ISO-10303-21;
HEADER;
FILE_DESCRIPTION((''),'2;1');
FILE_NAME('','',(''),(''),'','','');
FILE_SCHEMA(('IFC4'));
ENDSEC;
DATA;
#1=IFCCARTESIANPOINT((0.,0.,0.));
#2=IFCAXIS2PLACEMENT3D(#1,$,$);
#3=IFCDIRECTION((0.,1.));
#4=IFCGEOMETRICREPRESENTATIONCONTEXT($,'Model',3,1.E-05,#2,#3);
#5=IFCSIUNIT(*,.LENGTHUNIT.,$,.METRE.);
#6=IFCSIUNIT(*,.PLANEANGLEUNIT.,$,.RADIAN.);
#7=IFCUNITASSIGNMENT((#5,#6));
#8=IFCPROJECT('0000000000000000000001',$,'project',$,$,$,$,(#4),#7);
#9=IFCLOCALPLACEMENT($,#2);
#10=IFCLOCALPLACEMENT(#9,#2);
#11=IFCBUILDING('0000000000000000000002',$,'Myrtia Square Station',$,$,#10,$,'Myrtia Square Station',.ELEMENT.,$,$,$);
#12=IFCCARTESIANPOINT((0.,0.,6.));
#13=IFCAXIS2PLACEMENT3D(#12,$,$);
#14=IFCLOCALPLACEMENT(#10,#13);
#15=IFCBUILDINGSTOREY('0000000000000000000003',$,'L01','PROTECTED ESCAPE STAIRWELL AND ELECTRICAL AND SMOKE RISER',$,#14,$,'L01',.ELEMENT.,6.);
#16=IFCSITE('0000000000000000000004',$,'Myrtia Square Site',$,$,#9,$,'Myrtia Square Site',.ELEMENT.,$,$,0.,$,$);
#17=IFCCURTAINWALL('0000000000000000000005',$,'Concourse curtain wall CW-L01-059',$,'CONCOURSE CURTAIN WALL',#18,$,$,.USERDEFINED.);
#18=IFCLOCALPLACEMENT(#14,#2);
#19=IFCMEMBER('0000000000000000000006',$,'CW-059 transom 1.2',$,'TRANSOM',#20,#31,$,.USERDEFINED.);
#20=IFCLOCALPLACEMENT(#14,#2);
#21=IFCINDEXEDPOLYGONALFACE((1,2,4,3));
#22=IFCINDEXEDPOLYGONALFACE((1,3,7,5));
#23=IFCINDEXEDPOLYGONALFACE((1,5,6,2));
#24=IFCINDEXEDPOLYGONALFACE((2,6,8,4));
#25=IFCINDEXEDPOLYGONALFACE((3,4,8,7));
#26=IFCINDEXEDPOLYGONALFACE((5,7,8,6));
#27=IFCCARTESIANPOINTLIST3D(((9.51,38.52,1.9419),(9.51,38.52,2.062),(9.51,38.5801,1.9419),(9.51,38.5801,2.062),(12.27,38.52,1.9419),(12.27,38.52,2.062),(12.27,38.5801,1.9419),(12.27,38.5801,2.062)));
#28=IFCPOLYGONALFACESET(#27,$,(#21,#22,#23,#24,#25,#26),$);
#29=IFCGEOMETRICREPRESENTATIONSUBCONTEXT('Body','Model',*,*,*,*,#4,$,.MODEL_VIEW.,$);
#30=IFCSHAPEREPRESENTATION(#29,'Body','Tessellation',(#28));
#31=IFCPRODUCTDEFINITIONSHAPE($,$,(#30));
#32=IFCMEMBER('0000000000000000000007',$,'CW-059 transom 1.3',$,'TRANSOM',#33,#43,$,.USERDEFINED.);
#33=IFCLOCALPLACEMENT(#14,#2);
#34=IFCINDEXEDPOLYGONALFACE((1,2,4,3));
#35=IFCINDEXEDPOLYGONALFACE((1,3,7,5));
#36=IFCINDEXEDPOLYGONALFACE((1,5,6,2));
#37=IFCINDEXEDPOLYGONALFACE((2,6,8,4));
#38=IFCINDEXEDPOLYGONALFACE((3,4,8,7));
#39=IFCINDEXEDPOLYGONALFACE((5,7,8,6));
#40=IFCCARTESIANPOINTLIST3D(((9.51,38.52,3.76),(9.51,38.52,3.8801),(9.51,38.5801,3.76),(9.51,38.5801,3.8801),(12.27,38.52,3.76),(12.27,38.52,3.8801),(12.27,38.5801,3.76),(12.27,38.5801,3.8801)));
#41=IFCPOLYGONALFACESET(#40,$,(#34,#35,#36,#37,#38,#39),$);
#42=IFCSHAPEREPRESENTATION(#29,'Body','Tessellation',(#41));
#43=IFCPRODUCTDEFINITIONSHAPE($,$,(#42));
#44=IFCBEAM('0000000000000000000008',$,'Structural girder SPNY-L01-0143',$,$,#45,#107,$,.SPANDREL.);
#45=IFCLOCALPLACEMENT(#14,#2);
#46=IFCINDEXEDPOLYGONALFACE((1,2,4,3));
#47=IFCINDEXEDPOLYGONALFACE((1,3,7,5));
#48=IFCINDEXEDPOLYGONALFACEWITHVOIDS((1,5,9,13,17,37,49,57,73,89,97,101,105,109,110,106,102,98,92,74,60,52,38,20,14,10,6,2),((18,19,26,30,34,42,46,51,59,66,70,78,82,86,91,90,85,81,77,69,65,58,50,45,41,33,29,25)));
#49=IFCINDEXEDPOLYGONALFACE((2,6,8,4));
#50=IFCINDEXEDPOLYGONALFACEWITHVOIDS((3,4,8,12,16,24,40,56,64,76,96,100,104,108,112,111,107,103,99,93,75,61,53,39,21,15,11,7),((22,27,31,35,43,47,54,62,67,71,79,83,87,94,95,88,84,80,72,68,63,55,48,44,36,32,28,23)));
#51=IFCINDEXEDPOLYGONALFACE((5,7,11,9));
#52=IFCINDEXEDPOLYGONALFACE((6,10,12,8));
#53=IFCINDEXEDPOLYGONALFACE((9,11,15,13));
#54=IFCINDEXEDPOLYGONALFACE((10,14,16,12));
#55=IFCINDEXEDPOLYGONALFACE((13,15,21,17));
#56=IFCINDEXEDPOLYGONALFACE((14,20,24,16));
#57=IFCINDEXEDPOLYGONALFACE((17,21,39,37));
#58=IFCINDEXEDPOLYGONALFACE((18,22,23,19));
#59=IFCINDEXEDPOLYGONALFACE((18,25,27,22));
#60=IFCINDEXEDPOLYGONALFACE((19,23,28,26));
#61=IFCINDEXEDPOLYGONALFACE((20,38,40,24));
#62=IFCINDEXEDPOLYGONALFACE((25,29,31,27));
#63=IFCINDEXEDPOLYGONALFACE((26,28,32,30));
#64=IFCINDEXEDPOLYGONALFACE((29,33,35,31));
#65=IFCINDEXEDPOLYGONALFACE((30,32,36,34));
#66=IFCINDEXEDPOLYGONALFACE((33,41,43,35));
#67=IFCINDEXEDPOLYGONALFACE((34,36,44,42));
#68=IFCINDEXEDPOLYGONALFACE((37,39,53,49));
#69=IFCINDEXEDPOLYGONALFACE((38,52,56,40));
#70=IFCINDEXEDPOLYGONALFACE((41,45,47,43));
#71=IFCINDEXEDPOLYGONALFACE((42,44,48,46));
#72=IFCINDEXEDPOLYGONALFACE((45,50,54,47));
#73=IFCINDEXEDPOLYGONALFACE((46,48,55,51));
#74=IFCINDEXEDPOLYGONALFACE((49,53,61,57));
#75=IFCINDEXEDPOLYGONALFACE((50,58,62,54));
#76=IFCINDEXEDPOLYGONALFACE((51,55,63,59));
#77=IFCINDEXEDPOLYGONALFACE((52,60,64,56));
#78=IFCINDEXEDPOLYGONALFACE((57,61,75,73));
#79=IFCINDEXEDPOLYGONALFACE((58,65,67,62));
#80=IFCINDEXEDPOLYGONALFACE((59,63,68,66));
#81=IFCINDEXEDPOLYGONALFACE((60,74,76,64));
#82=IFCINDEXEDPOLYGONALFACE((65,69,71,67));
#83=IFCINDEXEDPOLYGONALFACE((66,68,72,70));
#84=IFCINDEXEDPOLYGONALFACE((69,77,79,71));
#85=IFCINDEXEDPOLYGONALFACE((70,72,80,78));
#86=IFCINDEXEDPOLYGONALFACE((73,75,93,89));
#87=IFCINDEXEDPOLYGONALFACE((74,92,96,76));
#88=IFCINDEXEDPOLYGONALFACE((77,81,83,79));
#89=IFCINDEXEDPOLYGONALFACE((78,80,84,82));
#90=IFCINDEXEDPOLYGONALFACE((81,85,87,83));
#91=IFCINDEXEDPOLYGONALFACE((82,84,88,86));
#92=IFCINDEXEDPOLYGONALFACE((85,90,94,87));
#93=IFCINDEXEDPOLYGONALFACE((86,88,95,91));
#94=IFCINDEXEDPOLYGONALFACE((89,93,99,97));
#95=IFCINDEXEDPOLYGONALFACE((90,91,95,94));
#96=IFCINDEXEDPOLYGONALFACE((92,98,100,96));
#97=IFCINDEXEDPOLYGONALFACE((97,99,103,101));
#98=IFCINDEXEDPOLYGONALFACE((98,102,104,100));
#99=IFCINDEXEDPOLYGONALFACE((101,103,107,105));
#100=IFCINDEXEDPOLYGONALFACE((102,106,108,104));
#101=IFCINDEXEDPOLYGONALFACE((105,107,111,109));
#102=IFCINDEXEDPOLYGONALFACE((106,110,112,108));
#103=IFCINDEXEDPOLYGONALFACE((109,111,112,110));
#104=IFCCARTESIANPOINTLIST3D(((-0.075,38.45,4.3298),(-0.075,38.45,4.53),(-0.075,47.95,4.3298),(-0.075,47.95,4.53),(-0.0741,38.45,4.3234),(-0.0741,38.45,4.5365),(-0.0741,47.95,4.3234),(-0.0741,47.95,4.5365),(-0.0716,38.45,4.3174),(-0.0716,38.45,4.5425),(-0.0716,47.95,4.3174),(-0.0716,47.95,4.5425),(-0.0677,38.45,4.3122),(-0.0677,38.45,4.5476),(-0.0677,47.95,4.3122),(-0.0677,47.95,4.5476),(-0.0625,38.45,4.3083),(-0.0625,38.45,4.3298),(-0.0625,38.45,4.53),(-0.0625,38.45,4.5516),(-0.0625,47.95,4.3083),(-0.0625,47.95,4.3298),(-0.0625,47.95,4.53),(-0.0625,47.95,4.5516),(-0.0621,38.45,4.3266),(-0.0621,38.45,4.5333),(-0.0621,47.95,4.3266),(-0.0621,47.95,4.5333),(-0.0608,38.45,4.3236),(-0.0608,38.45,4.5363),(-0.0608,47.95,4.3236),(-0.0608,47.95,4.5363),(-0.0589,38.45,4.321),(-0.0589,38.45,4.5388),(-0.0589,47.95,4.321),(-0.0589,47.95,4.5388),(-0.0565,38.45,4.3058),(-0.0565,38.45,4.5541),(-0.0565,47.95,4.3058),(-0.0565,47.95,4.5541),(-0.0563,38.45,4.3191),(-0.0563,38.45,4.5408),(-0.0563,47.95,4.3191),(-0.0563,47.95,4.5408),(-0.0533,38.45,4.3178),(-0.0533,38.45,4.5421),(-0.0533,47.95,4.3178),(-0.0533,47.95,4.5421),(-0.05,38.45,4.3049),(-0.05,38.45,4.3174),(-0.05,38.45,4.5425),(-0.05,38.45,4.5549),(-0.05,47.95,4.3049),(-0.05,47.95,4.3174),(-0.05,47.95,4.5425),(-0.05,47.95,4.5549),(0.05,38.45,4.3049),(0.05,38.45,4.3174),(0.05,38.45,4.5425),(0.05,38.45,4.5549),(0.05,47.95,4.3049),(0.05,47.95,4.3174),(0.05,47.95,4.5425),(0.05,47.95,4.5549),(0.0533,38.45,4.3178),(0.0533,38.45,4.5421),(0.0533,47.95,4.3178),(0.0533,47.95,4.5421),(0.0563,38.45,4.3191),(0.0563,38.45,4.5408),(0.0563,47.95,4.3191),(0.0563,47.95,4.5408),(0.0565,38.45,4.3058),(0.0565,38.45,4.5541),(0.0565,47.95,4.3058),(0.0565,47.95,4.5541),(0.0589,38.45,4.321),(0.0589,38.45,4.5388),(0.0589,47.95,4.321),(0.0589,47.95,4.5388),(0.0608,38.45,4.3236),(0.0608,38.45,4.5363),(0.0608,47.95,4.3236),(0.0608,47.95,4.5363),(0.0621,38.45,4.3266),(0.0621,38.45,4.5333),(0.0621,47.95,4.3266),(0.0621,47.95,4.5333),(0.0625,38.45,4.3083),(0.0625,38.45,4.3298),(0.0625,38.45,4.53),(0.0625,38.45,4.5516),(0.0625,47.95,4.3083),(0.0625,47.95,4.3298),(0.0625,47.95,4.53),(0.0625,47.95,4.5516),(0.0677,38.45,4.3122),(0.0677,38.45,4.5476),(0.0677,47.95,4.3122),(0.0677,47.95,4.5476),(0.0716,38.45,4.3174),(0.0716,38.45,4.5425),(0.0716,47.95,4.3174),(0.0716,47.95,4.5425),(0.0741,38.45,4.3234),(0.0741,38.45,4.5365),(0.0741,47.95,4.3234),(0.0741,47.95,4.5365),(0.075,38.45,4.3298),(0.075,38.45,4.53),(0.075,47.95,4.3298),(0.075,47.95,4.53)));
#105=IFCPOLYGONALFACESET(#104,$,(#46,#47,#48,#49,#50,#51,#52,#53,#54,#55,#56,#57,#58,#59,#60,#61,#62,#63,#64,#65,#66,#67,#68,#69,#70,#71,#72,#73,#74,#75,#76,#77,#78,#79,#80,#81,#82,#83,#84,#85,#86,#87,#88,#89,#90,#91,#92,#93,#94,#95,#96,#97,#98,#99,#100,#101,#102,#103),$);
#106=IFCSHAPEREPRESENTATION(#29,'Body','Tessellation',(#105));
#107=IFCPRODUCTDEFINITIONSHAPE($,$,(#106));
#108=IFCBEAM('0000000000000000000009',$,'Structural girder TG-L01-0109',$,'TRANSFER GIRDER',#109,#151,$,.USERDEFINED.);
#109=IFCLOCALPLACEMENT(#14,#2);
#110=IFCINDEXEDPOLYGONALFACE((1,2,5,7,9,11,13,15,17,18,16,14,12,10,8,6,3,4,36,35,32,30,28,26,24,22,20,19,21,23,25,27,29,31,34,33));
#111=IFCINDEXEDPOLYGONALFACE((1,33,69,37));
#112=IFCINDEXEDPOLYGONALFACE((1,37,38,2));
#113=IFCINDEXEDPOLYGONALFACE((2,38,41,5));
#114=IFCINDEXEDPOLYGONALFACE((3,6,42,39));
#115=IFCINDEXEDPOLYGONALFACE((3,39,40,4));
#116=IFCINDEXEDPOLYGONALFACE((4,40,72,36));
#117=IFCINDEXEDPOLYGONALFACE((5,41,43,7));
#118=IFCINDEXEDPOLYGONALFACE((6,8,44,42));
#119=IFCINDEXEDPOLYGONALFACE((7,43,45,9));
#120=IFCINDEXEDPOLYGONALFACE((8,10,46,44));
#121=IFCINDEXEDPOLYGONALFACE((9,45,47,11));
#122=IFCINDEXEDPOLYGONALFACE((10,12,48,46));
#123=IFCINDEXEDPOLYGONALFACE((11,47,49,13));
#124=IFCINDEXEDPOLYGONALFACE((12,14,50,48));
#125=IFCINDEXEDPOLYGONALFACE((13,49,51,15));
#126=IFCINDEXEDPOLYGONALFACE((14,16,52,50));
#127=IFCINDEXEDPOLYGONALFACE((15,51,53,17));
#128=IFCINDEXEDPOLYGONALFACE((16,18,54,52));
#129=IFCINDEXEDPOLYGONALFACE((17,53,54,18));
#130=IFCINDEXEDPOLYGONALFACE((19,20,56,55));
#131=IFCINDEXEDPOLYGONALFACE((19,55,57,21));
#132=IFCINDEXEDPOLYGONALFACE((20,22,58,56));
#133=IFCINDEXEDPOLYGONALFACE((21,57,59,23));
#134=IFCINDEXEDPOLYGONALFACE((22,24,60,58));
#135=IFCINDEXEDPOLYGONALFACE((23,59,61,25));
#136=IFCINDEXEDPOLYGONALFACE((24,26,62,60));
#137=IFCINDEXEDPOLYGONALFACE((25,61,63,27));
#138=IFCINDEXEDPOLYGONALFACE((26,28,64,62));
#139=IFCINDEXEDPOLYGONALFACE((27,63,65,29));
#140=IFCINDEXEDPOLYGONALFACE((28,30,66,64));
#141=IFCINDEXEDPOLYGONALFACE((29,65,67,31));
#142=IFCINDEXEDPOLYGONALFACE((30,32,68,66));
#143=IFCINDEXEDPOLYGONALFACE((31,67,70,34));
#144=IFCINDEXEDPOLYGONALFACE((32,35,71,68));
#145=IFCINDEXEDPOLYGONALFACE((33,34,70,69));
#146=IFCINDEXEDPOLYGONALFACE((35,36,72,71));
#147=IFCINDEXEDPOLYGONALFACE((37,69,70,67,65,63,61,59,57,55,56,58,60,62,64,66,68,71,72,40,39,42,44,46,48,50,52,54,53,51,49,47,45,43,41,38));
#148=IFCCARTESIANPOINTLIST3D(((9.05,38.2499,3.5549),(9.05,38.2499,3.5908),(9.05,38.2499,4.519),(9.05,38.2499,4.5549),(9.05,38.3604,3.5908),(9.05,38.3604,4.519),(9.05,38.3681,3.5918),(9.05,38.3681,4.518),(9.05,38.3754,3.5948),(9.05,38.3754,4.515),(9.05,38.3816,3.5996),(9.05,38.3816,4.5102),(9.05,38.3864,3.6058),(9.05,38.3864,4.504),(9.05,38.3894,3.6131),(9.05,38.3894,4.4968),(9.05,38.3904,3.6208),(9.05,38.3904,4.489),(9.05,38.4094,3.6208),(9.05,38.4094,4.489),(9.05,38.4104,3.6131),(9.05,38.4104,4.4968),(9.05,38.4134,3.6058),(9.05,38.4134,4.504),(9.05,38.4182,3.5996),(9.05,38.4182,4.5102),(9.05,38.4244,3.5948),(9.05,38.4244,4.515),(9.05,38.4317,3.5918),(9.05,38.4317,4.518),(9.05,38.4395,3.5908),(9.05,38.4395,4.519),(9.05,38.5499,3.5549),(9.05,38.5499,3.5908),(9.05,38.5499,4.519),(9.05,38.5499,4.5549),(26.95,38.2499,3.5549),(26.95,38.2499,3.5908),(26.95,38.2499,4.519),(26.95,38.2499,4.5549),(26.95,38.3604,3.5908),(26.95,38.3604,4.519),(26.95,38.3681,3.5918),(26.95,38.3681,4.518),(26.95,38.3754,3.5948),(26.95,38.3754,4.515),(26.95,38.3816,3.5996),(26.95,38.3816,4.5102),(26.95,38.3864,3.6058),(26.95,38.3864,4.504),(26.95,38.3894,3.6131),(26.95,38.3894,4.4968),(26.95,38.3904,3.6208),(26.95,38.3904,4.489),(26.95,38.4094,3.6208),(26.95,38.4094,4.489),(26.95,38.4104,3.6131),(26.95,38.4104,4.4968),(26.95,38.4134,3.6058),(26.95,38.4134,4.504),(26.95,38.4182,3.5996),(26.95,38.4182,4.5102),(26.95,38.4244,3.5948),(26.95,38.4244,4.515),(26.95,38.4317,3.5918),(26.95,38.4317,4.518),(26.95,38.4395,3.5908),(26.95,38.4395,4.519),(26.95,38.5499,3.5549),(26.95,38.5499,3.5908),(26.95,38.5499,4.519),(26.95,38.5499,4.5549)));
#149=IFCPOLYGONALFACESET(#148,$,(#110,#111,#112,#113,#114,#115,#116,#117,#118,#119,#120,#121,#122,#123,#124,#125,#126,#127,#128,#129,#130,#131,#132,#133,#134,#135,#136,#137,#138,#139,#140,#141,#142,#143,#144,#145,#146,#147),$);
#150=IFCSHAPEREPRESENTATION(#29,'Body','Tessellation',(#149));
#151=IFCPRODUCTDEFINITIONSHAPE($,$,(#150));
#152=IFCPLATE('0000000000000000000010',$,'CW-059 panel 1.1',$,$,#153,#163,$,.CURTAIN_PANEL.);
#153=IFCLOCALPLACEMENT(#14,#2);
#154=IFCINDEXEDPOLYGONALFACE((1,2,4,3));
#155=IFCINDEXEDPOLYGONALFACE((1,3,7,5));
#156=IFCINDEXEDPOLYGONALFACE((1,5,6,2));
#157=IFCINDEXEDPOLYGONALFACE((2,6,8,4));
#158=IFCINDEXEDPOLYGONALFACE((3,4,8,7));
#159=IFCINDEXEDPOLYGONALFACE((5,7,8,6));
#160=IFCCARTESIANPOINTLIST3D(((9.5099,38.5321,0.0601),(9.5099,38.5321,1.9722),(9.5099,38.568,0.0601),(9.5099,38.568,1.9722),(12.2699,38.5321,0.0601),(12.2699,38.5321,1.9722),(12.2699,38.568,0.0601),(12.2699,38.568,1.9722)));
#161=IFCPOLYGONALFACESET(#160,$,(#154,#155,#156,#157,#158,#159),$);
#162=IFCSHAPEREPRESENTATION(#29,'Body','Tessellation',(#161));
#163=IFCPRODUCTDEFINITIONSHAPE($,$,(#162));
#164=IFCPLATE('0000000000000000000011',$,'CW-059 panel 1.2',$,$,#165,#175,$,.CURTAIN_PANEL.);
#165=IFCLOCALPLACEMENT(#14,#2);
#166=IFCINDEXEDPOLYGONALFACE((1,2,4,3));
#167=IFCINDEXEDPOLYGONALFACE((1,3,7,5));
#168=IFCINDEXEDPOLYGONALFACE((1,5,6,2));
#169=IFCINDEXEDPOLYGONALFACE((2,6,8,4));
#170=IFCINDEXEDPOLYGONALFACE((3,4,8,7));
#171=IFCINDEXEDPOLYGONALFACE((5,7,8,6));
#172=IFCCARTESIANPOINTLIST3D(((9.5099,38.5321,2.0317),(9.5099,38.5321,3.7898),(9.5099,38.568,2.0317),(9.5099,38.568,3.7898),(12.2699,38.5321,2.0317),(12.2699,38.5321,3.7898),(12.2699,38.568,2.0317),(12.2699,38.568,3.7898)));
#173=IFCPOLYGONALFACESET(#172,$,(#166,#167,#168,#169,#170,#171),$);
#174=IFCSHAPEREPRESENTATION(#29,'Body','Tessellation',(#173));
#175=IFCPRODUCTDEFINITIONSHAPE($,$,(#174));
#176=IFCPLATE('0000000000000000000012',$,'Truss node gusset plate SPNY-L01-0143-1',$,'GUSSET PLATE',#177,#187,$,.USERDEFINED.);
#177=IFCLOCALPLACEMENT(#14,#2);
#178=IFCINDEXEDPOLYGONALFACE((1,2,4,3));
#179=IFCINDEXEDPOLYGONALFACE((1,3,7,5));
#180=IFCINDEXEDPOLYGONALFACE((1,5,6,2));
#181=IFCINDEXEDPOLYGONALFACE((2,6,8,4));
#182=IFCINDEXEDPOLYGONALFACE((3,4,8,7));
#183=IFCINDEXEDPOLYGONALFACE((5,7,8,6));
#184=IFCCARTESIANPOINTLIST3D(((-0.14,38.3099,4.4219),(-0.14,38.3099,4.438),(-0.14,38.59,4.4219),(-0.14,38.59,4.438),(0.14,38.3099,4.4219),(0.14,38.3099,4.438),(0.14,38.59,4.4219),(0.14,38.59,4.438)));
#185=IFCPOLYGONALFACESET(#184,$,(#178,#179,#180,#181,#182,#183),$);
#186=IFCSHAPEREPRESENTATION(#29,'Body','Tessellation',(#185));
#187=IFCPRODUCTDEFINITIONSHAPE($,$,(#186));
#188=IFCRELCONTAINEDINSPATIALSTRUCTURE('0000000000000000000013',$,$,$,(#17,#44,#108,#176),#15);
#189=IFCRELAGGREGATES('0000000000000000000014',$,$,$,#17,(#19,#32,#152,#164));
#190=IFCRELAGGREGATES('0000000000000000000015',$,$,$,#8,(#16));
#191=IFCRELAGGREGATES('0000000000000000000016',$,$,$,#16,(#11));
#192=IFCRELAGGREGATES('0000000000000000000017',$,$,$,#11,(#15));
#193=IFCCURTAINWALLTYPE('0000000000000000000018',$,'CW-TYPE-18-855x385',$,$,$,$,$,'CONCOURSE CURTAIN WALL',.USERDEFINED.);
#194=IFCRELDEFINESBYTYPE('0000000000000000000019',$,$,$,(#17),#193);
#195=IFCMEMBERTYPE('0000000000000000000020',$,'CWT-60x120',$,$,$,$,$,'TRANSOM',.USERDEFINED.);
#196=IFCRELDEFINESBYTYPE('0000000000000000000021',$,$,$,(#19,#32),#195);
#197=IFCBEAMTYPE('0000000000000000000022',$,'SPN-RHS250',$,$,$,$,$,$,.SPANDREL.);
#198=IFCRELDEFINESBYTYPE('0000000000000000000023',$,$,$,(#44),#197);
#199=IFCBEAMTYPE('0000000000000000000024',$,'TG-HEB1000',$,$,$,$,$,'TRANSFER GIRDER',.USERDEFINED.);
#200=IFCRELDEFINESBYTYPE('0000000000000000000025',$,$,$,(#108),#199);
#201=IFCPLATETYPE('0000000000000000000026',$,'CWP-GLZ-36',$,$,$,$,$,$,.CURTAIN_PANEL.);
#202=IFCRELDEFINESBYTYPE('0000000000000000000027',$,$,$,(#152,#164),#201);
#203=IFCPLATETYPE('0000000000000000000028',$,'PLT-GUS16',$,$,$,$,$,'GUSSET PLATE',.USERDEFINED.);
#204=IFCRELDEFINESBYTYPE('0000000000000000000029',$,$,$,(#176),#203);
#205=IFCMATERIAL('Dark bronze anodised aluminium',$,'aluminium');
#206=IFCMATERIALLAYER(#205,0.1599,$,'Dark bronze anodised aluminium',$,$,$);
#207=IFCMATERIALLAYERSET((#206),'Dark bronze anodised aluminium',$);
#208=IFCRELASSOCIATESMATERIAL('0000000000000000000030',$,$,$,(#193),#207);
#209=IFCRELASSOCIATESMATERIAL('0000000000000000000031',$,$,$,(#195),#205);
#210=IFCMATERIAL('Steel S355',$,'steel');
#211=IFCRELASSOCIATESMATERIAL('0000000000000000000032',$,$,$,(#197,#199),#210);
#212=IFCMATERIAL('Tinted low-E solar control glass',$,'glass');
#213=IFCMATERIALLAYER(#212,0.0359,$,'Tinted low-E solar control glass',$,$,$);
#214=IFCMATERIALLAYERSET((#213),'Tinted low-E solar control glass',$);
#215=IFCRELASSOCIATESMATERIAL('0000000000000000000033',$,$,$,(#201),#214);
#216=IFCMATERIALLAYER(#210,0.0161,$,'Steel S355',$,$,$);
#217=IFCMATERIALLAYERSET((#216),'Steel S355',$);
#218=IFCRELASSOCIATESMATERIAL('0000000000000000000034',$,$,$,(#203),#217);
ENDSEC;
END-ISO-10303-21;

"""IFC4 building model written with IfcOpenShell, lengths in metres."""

from ifc_helpers import new_model, si_unit, direction, frame, origin, origin_2d, place, context, subcontext, project, spatial, rectangle, hollow_rectangle, i_section, extrude, material, layer, layer_set, material_profile, profile_set, type_object, element, aggregate, save


model = new_model("IFC4")

# Units and contexts
model_context = context("Model", 3, precision=1e-05, world=origin(), true_north=direction((0.0, 1.0)))
body_context = subcontext(model_context, "Body", "Model", "MODEL_VIEW")
ifc_project = project(units=[si_unit("LENGTHUNIT", "METRE"), si_unit("PLANEANGLEUNIT", "RADIAN")], contexts=[model_context])

# Site, building, storey
site_placement = place(None, origin())
site = spatial("IfcSite", under=ifc_project, at=site_placement, Name="Myrtia Square Site", LongName="Myrtia Square Site", CompositionType="ELEMENT", RefElevation=0.0)
building_placement = place(site_placement, origin())
building = spatial("IfcBuilding", under=site, at=building_placement, Name="Myrtia Square Station", LongName="Myrtia Square Station", CompositionType="ELEMENT")
storey_placement = place(building_placement, frame((0.0, 0.0, 6.0)))
storey = spatial("IfcBuildingStorey", under=building, at=storey_placement, Name="L01", Description="PROTECTED ESCAPE STAIRWELL AND ELECTRICAL AND SMOKE RISER", LongName="L01", CompositionType="ELEMENT", Elevation=6.0)

# Shared definitions
ifc_material_1 = material(Name="Steel S355", Category="steel")

# Curtain wall, members
ifc_material_2 = material(Name="Dark bronze anodised aluminium", Category="aluminium")
ifc_layer_1 = layer(ifc_material_2, 0.1599, Name="Dark bronze anodised aluminium")
ifc_layer_set_1 = layer_set([ifc_layer_1], Name="Dark bronze anodised aluminium")
curtain_wall_type = type_object("IfcCurtainWallType", Name="CW-TYPE-18-855x385", ElementType="CONCOURSE CURTAIN WALL", PredefinedType="USERDEFINED", material=ifc_layer_set_1)
curtain_wall_placement = place(storey_placement, origin())
curtain_wall = element("IfcCurtainWall", 1, at=curtain_wall_placement, inside=storey, type_object=curtain_wall_type, Name="Concourse curtain wall CW-L01-059", ObjectType="CONCOURSE CURTAIN WALL", PredefinedType="USERDEFINED")
ifc_material_profile_1 = material_profile(ifc_material_2, rectangle(XDim=0.0601, YDim=0.1201, at=origin_2d()), Name="ALU-T 60x120")
ifc_profile_set_1 = profile_set([ifc_material_profile_1], Name="Dark bronze anodised aluminium")
member_type_1 = type_object("IfcMemberType", Name="CWT-60x120", ElementType="TRANSOM", PredefinedType="USERDEFINED", material=ifc_profile_set_1)
member_1_placement = place(storey_placement, frame((9.51, 38.55, 2.002), z_axis=(1.0, 0.0, 0.0), x_axis=(0.0, 1.0, 0.0)))
member_1 = element("IfcMember", 2, at=member_1_placement, type_object=member_type_1, Name="CW-059 transom 1.2", ObjectType="TRANSOM", PredefinedType="USERDEFINED", context=body_context, shape_type="SweptSolid", body=[
    extrude(rectangle(XDim=0.0601, YDim=0.1201, at=origin_2d()), origin(), (0.0, 0.0, 1.0), 2.76),
])
member_2_placement = place(storey_placement, frame((9.51, 38.55, 3.8201), z_axis=(1.0, 0.0, 0.0), x_axis=(0.0, 1.0, 0.0)))
member_2 = element("IfcMember", 3, at=member_2_placement, type_object=member_type_1, Name="CW-059 transom 1.3", ObjectType="TRANSOM", PredefinedType="USERDEFINED", context=body_context, shape_type="SweptSolid", body=[
    extrude(rectangle(XDim=0.0601, YDim=0.1201, at=origin_2d()), origin(), (0.0, 0.0, 1.0), 2.76),
])

# Beams
ifc_material_profile_2 = material_profile(ifc_material_1, hollow_rectangle(XDim=0.1499, YDim=0.25, WallThickness=0.0125, InnerFilletRadius=0.0125, OuterFilletRadius=0.0249, at=origin_2d()), Name="RHS 250x150x12.5")
ifc_profile_set_2 = profile_set([ifc_material_profile_2], Name="Steel S355")
beam_type_1 = type_object("IfcBeamType", Name="SPN-RHS250", PredefinedType="SPANDREL", material=ifc_profile_set_2)
beam_1_placement = place(storey_placement, frame((0.0, 38.45, 4.4299), z_axis=(0.0, 1.0, 0.0), x_axis=(-1.0, 0.0, 0.0)))
element("IfcBeam", 4, at=beam_1_placement, inside=storey, type_object=beam_type_1, Name="Structural girder SPNY-L01-0143", PredefinedType="SPANDREL", context=body_context, shape_type="SweptSolid", body=[
    extrude(hollow_rectangle(XDim=0.1499, YDim=0.25, WallThickness=0.0125, InnerFilletRadius=0.0125, OuterFilletRadius=0.0249, at=origin_2d()), origin(), (0.0, 0.0, 1.0), 9.5),
])
ifc_material_profile_3 = material_profile(ifc_material_1, i_section(OverallWidth=0.3, OverallDepth=1.0, WebThickness=0.019, FlangeThickness=0.0359, FilletRadius=0.03, at=origin_2d()), Name="HEB 1000")
ifc_profile_set_3 = profile_set([ifc_material_profile_3], Name="Steel S355")
beam_type_2 = type_object("IfcBeamType", Name="TG-HEB1000", ElementType="TRANSFER GIRDER", PredefinedType="USERDEFINED", material=ifc_profile_set_3)
beam_2_placement = place(storey_placement, frame((9.05, 38.3999, 4.0549), z_axis=(1.0, 0.0, 0.0), x_axis=(0.0, 1.0, 0.0)))
element("IfcBeam", 5, at=beam_2_placement, inside=storey, type_object=beam_type_2, Name="Structural girder TG-L01-0109", ObjectType="TRANSFER GIRDER", PredefinedType="USERDEFINED", context=body_context, shape_type="SweptSolid", body=[
    extrude(i_section(OverallWidth=0.3, OverallDepth=1.0, WebThickness=0.019, FlangeThickness=0.0359, FilletRadius=0.03, at=origin_2d()), origin(), (0.0, 0.0, 1.0), 17.8999),
])

# Plates
ifc_material_3 = material(Name="Tinted low-E solar control glass", Category="glass")
ifc_layer_2 = layer(ifc_material_3, 0.0359, Name="Tinted low-E solar control glass")
ifc_layer_set_2 = layer_set([ifc_layer_2], Name="Tinted low-E solar control glass")
plate_type_1 = type_object("IfcPlateType", Name="CWP-GLZ-36", PredefinedType="CURTAIN_PANEL", material=ifc_layer_set_2)
plate_1_placement = place(storey_placement, frame((10.8899, 38.55, 0.0601), z_axis=(0.0, 0.0, 1.0), x_axis=(1.0, 0.0, 0.0)))
plate_1 = element("IfcPlate", 6, at=plate_1_placement, type_object=plate_type_1, Name="CW-059 panel 1.1", PredefinedType="CURTAIN_PANEL", context=body_context, shape_type="SweptSolid", body=[
    extrude(rectangle(XDim=2.76, YDim=0.0359, at=origin_2d()), origin(), (0.0, 0.0, 1.0), 1.9121),
])
plate_2_placement = place(storey_placement, frame((10.8899, 38.55, 2.0317), z_axis=(0.0, 0.0, 1.0), x_axis=(1.0, 0.0, 0.0)))
plate_2 = element("IfcPlate", 7, at=plate_2_placement, type_object=plate_type_1, Name="CW-059 panel 1.2", PredefinedType="CURTAIN_PANEL", context=body_context, shape_type="SweptSolid", body=[
    extrude(rectangle(XDim=2.76, YDim=0.0359, at=origin_2d()), origin(), (0.0, 0.0, 1.0), 1.7581),
])
aggregate(curtain_wall, [member_1, member_2, plate_1, plate_2])

# Plate
ifc_layer_3 = layer(ifc_material_1, 0.0161, Name="Steel S355")
ifc_layer_set_3 = layer_set([ifc_layer_3], Name="Steel S355")
plate_type_2 = type_object("IfcPlateType", Name="PLT-GUS16", ElementType="GUSSET PLATE", PredefinedType="USERDEFINED", material=ifc_layer_set_3)
plate_3_placement = place(storey_placement, frame((0.0, 38.45, 4.4219), z_axis=(0.0, 0.0, 1.0), x_axis=(0.0, 1.0, 0.0)))
element("IfcPlate", 8, at=plate_3_placement, inside=storey, type_object=plate_type_2, Name="Truss node gusset plate SPNY-L01-0143-1", ObjectType="GUSSET PLATE", PredefinedType="USERDEFINED", context=body_context, shape_type="SweptSolid", body=[
    extrude(rectangle(XDim=0.28, YDim=0.28, at=origin_2d()), origin(), (0.0, 0.0, 1.0), 0.0161),
])

save(model, "model.ifc")
